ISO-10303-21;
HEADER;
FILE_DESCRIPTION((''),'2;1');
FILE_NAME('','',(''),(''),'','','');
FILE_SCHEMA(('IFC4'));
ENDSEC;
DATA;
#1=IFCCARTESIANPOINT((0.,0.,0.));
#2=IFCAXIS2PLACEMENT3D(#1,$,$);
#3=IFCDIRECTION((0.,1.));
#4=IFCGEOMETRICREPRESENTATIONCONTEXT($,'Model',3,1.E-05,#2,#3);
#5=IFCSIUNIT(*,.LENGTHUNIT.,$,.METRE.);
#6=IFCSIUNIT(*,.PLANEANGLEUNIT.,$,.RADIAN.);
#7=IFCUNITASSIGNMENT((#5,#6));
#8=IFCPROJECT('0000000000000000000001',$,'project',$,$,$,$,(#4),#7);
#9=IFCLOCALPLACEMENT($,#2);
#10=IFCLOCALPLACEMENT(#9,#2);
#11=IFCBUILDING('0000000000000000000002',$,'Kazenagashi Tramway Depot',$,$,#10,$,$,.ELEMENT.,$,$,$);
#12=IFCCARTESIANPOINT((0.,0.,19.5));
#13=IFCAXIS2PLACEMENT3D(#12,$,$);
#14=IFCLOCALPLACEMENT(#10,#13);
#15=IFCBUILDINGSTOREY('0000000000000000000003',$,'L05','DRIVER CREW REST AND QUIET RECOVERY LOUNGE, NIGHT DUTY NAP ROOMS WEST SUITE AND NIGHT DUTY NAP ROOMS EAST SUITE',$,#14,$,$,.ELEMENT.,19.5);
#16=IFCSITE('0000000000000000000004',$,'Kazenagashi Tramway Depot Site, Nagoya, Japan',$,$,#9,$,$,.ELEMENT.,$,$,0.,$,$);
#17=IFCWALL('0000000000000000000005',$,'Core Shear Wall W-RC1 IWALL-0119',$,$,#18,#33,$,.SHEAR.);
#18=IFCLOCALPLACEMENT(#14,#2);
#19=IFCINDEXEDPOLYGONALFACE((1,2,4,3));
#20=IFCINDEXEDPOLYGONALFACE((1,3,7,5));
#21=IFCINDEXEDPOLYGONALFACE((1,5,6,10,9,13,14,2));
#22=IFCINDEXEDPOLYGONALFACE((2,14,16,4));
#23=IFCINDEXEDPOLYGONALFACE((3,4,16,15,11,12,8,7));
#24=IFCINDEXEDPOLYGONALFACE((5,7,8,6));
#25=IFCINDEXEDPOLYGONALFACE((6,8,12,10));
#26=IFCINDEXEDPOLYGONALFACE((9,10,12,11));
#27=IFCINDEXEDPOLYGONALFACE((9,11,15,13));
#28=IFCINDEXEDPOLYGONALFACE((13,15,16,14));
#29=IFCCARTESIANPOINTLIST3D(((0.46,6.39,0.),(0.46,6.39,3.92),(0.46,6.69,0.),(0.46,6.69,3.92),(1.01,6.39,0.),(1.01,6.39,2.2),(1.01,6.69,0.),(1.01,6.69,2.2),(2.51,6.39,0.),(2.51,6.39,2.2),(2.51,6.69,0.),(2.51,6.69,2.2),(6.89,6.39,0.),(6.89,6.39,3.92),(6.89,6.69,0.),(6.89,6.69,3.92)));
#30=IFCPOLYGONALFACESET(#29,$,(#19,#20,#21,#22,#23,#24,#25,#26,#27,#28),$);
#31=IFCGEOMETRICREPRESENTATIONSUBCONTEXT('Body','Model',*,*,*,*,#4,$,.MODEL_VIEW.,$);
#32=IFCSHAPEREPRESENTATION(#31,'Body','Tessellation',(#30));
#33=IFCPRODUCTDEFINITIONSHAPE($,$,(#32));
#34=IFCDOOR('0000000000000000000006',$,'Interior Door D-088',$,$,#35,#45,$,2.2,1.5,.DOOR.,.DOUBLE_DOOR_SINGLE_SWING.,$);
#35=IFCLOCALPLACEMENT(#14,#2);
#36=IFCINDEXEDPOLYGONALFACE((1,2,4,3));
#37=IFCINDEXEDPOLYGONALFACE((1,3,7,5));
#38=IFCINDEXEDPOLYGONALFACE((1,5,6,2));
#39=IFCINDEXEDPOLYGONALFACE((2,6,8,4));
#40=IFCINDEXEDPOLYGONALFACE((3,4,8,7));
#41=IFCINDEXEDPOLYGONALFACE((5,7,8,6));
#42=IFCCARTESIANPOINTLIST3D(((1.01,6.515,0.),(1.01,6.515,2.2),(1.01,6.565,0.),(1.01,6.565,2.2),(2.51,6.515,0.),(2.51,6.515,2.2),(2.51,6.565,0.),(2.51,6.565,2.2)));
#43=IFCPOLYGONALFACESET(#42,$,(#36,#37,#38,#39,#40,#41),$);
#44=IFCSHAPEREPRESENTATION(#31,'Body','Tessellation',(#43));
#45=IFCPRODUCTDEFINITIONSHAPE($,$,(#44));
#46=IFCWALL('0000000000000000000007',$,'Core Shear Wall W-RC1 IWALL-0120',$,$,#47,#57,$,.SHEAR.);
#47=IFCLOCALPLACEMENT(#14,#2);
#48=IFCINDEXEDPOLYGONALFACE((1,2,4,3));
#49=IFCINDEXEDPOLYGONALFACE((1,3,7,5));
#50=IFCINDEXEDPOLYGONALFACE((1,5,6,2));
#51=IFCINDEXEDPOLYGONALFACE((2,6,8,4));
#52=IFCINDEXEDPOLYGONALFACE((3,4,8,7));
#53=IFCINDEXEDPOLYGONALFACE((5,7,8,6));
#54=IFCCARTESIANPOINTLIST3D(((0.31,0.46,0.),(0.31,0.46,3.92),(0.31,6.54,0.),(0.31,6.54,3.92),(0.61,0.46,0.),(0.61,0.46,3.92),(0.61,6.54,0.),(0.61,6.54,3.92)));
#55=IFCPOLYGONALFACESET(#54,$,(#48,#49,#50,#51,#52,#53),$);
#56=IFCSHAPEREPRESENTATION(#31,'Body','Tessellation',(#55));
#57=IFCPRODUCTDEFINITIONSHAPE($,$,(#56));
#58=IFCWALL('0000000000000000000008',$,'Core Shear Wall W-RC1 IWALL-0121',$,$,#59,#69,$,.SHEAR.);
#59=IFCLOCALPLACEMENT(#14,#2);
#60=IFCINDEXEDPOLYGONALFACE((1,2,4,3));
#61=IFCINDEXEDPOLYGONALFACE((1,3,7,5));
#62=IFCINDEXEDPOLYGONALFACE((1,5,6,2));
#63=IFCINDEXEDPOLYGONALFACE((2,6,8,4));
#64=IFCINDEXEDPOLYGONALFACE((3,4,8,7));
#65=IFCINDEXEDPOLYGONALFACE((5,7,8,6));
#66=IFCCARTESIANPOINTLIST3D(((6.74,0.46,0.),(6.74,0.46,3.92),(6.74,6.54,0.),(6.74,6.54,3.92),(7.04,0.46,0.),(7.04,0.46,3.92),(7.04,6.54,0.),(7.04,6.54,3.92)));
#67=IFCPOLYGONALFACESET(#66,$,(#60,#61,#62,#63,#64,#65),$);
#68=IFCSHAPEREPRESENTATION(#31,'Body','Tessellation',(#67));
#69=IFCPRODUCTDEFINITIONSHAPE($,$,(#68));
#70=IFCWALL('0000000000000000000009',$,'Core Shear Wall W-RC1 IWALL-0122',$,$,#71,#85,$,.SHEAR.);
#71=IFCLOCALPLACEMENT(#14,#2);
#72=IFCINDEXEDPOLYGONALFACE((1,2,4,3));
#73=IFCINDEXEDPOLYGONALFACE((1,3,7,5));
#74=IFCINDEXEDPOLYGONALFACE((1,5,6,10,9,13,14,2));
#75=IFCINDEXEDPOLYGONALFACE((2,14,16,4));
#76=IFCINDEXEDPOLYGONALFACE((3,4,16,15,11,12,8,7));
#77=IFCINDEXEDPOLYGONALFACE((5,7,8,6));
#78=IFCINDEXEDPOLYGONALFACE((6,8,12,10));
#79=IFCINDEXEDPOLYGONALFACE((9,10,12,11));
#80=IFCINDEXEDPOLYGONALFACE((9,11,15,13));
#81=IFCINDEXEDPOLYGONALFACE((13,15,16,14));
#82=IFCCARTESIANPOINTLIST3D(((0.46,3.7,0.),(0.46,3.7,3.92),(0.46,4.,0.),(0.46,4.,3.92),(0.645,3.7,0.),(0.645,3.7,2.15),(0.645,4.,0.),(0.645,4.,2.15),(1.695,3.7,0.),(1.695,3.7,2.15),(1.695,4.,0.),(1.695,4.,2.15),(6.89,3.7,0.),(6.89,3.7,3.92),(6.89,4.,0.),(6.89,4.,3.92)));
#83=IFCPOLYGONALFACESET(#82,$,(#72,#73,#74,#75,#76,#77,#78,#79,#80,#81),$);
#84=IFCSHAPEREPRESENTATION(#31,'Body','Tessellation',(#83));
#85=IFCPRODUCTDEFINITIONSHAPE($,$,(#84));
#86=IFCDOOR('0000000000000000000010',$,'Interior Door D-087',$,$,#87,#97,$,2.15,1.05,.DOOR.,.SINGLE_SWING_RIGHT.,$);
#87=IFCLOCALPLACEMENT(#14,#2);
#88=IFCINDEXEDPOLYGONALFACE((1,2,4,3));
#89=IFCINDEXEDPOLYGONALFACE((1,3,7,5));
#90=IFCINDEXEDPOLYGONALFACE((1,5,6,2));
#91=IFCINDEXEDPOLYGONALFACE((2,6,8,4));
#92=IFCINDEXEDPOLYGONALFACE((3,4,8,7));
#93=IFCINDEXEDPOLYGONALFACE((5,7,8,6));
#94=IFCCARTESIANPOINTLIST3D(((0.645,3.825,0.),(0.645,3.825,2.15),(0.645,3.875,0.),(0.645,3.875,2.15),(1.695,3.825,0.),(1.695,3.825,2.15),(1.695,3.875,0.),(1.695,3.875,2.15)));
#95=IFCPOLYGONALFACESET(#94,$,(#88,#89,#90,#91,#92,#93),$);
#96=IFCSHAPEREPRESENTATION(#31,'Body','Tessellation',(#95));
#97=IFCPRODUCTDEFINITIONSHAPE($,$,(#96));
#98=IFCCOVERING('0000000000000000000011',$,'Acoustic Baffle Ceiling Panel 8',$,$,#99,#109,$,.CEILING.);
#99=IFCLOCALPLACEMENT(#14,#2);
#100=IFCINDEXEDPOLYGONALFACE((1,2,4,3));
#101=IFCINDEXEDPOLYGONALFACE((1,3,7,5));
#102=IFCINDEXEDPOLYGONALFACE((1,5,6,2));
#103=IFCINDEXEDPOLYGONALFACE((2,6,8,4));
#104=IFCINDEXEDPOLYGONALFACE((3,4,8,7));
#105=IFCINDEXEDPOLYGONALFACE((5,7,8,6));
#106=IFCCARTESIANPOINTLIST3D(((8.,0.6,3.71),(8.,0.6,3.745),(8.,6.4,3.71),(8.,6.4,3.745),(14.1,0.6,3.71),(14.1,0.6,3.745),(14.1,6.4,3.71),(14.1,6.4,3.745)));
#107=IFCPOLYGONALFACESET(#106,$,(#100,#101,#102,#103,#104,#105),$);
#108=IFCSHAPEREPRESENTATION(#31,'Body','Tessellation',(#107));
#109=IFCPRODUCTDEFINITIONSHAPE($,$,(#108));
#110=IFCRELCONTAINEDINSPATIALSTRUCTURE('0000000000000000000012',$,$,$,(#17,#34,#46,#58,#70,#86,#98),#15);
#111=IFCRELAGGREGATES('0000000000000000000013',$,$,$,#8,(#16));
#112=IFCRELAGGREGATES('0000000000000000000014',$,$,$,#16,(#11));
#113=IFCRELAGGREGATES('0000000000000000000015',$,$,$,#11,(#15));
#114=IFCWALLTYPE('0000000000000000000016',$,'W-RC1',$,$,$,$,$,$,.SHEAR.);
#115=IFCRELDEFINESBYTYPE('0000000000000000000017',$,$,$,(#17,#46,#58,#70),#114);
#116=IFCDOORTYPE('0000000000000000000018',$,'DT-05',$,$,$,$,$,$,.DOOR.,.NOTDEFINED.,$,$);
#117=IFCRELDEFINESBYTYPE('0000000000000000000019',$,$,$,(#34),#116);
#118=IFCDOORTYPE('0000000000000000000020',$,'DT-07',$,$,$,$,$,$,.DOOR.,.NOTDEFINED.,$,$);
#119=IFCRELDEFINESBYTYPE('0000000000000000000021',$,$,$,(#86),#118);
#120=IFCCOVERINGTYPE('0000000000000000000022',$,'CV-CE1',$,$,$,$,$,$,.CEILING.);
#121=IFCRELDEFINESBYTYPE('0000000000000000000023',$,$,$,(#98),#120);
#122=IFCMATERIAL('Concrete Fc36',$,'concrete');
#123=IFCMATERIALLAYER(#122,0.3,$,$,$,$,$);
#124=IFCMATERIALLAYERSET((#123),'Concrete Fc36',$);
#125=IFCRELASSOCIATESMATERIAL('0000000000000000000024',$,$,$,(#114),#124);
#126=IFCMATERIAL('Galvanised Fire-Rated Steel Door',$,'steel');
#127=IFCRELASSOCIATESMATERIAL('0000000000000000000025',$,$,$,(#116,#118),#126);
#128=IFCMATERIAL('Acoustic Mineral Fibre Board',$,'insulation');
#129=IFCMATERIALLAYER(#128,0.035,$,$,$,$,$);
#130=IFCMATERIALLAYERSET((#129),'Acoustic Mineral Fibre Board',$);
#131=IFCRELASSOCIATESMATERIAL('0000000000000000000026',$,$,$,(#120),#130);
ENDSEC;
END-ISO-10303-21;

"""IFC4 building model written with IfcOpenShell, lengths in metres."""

from ifc_helpers import new_model, si_unit, direction, frame, frame_2d, origin, place, context, subcontext, project, spatial, polyline, rectangle, outline, extrude, material, layer, layer_set, type_object, element, fill, save


model = new_model("IFC4")

# Units and contexts
model_context = context("Model", 3, precision=1e-05, world=origin(), true_north=direction((0.0, 1.0)))
body_context = subcontext(model_context, "Body", "Model", "MODEL_VIEW")
ifc_project = project(units=[si_unit("LENGTHUNIT", "METRE"), si_unit("PLANEANGLEUNIT", "RADIAN")], contexts=[model_context])

# Site, building, storey
site_placement = place(None, origin())
site = spatial("IfcSite", under=ifc_project, at=site_placement, Name="Kazenagashi Tramway Depot Site, Nagoya, Japan", CompositionType="ELEMENT", RefElevation=0.0)
building_placement = place(site_placement, origin())
building = spatial("IfcBuilding", under=site, at=building_placement, Name="Kazenagashi Tramway Depot", CompositionType="ELEMENT")
storey_placement = place(building_placement, frame((0.0, 0.0, 19.5)))
storey = spatial("IfcBuildingStorey", under=building, at=storey_placement, Name="L05", Description="DRIVER CREW REST AND QUIET RECOVERY LOUNGE, NIGHT DUTY NAP ROOMS WEST SUITE AND NIGHT DUTY NAP ROOMS EAST SUITE", CompositionType="ELEMENT", Elevation=19.5)

# Shared definitions
ifc_material_1 = material(Name="Concrete Fc36", Category="concrete")

# Shared definitions
ifc_layer_1 = layer(ifc_material_1, 0.3)
ifc_layer_set_1 = layer_set([ifc_layer_1], Name="Concrete Fc36")
wall_type_1 = type_object("IfcWallType", Name="W-RC1", PredefinedType="SHEAR", material=ifc_layer_set_1)

# Wall, opening, door
wall_1_placement = place(storey_placement, frame((0.46, 6.54, 0.0), z_axis=(0.0, 0.0, 1.0), x_axis=(1.0, 0.0, 0.0)))
wall_1 = element("IfcWall", 1, at=wall_1_placement, inside=storey, type_object=wall_type_1, Name="Core Shear Wall W-RC1 IWALL-0119", PredefinedType="SHEAR", context=body_context, shape_type="SweptSolid", body=[
    extrude(rectangle(XDim=6.43, YDim=0.3, at=frame_2d((3.215, 0.0))), origin(), (0.0, 0.0, 1.0), 3.92),
])
opening_1_placement = place(wall_1_placement, frame((0.55, 0.0, 0.0)))
opening_1 = element("IfcOpeningElement", 2, at=opening_1_placement, cuts=wall_1, PredefinedType="OPENING", context=body_context, shape_type="SweptSolid", body=[
    extrude(rectangle(XDim=1.5, YDim=2.2, at=frame_2d((0.75, 1.1))), frame((0.0, 0.16, 0.0), z_axis=(0.0, -1.0, 0.0), x_axis=(1.0, 0.0, 0.0)), (0.0, 0.0, 1.0), 0.32),
])
ifc_material_2 = material(Name="Galvanised Fire-Rated Steel Door", Category="steel")
door_type_1 = type_object("IfcDoorType", Name="DT-05", OperationType="NOTDEFINED", PredefinedType="DOOR", material=ifc_material_2)
door_1_placement = place(opening_1_placement, origin())
door_1 = element("IfcDoor", 3, at=door_1_placement, inside=storey, type_object=door_type_1, Name="Interior Door D-088", OperationType="DOUBLE_DOOR_SINGLE_SWING", OverallHeight=2.2, OverallWidth=1.5, PredefinedType="DOOR", context=body_context, shape_type="SweptSolid", body=[
    extrude(rectangle(XDim=1.5, YDim=2.2, at=frame_2d((0.75, 1.1))), frame((0.0, 0.025, 0.0), z_axis=(0.0, -1.0, 0.0), x_axis=(1.0, 0.0, 0.0)), (0.0, 0.0, 1.0), 0.05),
])
fill(opening_1, door_1)

# Walls
for number, where, z_axis, x_axis, name in (
    (4, (0.46, 0.46, 0.0), (0.0, 0.0, 1.0), (0.0, 1.0, 0.0), "Core Shear Wall W-RC1 IWALL-0120"),
    (5, (6.89, 0.46, 0.0), (0.0, 0.0, 1.0), (0.0, 1.0, 0.0), "Core Shear Wall W-RC1 IWALL-0121"),
):
    element("IfcWall", number, at=place(storey_placement, frame(where, z_axis=z_axis, x_axis=x_axis)), inside=storey, type_object=wall_type_1, Name=name, PredefinedType="SHEAR", context=body_context, shape_type="SweptSolid", body=[
        extrude(rectangle(XDim=6.08, YDim=0.3, at=frame_2d((3.04, 0.0))), origin(), (0.0, 0.0, 1.0), 3.92),
    ])

# Wall, opening, door
wall_2_placement = place(storey_placement, frame((0.46, 3.85, 0.0), z_axis=(0.0, 0.0, 1.0), x_axis=(1.0, 0.0, 0.0)))
wall_2 = element("IfcWall", 6, at=wall_2_placement, inside=storey, type_object=wall_type_1, Name="Core Shear Wall W-RC1 IWALL-0122", PredefinedType="SHEAR", context=body_context, shape_type="SweptSolid", body=[
    extrude(rectangle(XDim=6.43, YDim=0.3, at=frame_2d((3.215, 0.0))), origin(), (0.0, 0.0, 1.0), 3.92),
])
opening_2_placement = place(wall_2_placement, frame((0.185, 0.0, 0.0)))
opening_2 = element("IfcOpeningElement", 7, at=opening_2_placement, cuts=wall_2, PredefinedType="OPENING", context=body_context, shape_type="SweptSolid", body=[
    extrude(rectangle(XDim=1.05, YDim=2.15, at=frame_2d((0.525, 1.075))), frame((0.0, 0.16, 0.0), z_axis=(0.0, -1.0, 0.0), x_axis=(1.0, 0.0, 0.0)), (0.0, 0.0, 1.0), 0.32),
])
door_type_2 = type_object("IfcDoorType", Name="DT-07", OperationType="NOTDEFINED", PredefinedType="DOOR", material=ifc_material_2)
door_2_placement = place(opening_2_placement, origin())
door_2 = element("IfcDoor", 8, at=door_2_placement, inside=storey, type_object=door_type_2, Name="Interior Door D-087", OperationType="SINGLE_SWING_RIGHT", OverallHeight=2.15, OverallWidth=1.05, PredefinedType="DOOR", context=body_context, shape_type="SweptSolid", body=[
    extrude(rectangle(XDim=1.05, YDim=2.15, at=frame_2d((0.525, 1.075))), frame((0.0, 0.025, 0.0), z_axis=(0.0, -1.0, 0.0), x_axis=(1.0, 0.0, 0.0)), (0.0, 0.0, 1.0), 0.05),
])
fill(opening_2, door_2)

# Covering
ifc_material_3 = material(Name="Acoustic Mineral Fibre Board", Category="insulation")
ifc_layer_2 = layer(ifc_material_3, 0.035)
ifc_layer_set_2 = layer_set([ifc_layer_2], Name="Acoustic Mineral Fibre Board")
covering_type = type_object("IfcCoveringType", Name="CV-CE1", PredefinedType="CEILING", material=ifc_layer_set_2)
covering_placement = place(storey_placement, frame((0.0, 0.0, 3.71)))
element("IfcCovering", 9, at=covering_placement, inside=storey, type_object=covering_type, Name="Acoustic Baffle Ceiling Panel 8", PredefinedType="CEILING", context=body_context, shape_type="SweptSolid", body=[
    extrude(outline(polyline([(8.0, 0.6), (14.1, 0.6), (14.1, 6.4), (8.0, 6.4), (8.0, 0.6)])), origin(), (0.0, 0.0, 1.0), 0.035),
])

save(model, "model.ifc")
